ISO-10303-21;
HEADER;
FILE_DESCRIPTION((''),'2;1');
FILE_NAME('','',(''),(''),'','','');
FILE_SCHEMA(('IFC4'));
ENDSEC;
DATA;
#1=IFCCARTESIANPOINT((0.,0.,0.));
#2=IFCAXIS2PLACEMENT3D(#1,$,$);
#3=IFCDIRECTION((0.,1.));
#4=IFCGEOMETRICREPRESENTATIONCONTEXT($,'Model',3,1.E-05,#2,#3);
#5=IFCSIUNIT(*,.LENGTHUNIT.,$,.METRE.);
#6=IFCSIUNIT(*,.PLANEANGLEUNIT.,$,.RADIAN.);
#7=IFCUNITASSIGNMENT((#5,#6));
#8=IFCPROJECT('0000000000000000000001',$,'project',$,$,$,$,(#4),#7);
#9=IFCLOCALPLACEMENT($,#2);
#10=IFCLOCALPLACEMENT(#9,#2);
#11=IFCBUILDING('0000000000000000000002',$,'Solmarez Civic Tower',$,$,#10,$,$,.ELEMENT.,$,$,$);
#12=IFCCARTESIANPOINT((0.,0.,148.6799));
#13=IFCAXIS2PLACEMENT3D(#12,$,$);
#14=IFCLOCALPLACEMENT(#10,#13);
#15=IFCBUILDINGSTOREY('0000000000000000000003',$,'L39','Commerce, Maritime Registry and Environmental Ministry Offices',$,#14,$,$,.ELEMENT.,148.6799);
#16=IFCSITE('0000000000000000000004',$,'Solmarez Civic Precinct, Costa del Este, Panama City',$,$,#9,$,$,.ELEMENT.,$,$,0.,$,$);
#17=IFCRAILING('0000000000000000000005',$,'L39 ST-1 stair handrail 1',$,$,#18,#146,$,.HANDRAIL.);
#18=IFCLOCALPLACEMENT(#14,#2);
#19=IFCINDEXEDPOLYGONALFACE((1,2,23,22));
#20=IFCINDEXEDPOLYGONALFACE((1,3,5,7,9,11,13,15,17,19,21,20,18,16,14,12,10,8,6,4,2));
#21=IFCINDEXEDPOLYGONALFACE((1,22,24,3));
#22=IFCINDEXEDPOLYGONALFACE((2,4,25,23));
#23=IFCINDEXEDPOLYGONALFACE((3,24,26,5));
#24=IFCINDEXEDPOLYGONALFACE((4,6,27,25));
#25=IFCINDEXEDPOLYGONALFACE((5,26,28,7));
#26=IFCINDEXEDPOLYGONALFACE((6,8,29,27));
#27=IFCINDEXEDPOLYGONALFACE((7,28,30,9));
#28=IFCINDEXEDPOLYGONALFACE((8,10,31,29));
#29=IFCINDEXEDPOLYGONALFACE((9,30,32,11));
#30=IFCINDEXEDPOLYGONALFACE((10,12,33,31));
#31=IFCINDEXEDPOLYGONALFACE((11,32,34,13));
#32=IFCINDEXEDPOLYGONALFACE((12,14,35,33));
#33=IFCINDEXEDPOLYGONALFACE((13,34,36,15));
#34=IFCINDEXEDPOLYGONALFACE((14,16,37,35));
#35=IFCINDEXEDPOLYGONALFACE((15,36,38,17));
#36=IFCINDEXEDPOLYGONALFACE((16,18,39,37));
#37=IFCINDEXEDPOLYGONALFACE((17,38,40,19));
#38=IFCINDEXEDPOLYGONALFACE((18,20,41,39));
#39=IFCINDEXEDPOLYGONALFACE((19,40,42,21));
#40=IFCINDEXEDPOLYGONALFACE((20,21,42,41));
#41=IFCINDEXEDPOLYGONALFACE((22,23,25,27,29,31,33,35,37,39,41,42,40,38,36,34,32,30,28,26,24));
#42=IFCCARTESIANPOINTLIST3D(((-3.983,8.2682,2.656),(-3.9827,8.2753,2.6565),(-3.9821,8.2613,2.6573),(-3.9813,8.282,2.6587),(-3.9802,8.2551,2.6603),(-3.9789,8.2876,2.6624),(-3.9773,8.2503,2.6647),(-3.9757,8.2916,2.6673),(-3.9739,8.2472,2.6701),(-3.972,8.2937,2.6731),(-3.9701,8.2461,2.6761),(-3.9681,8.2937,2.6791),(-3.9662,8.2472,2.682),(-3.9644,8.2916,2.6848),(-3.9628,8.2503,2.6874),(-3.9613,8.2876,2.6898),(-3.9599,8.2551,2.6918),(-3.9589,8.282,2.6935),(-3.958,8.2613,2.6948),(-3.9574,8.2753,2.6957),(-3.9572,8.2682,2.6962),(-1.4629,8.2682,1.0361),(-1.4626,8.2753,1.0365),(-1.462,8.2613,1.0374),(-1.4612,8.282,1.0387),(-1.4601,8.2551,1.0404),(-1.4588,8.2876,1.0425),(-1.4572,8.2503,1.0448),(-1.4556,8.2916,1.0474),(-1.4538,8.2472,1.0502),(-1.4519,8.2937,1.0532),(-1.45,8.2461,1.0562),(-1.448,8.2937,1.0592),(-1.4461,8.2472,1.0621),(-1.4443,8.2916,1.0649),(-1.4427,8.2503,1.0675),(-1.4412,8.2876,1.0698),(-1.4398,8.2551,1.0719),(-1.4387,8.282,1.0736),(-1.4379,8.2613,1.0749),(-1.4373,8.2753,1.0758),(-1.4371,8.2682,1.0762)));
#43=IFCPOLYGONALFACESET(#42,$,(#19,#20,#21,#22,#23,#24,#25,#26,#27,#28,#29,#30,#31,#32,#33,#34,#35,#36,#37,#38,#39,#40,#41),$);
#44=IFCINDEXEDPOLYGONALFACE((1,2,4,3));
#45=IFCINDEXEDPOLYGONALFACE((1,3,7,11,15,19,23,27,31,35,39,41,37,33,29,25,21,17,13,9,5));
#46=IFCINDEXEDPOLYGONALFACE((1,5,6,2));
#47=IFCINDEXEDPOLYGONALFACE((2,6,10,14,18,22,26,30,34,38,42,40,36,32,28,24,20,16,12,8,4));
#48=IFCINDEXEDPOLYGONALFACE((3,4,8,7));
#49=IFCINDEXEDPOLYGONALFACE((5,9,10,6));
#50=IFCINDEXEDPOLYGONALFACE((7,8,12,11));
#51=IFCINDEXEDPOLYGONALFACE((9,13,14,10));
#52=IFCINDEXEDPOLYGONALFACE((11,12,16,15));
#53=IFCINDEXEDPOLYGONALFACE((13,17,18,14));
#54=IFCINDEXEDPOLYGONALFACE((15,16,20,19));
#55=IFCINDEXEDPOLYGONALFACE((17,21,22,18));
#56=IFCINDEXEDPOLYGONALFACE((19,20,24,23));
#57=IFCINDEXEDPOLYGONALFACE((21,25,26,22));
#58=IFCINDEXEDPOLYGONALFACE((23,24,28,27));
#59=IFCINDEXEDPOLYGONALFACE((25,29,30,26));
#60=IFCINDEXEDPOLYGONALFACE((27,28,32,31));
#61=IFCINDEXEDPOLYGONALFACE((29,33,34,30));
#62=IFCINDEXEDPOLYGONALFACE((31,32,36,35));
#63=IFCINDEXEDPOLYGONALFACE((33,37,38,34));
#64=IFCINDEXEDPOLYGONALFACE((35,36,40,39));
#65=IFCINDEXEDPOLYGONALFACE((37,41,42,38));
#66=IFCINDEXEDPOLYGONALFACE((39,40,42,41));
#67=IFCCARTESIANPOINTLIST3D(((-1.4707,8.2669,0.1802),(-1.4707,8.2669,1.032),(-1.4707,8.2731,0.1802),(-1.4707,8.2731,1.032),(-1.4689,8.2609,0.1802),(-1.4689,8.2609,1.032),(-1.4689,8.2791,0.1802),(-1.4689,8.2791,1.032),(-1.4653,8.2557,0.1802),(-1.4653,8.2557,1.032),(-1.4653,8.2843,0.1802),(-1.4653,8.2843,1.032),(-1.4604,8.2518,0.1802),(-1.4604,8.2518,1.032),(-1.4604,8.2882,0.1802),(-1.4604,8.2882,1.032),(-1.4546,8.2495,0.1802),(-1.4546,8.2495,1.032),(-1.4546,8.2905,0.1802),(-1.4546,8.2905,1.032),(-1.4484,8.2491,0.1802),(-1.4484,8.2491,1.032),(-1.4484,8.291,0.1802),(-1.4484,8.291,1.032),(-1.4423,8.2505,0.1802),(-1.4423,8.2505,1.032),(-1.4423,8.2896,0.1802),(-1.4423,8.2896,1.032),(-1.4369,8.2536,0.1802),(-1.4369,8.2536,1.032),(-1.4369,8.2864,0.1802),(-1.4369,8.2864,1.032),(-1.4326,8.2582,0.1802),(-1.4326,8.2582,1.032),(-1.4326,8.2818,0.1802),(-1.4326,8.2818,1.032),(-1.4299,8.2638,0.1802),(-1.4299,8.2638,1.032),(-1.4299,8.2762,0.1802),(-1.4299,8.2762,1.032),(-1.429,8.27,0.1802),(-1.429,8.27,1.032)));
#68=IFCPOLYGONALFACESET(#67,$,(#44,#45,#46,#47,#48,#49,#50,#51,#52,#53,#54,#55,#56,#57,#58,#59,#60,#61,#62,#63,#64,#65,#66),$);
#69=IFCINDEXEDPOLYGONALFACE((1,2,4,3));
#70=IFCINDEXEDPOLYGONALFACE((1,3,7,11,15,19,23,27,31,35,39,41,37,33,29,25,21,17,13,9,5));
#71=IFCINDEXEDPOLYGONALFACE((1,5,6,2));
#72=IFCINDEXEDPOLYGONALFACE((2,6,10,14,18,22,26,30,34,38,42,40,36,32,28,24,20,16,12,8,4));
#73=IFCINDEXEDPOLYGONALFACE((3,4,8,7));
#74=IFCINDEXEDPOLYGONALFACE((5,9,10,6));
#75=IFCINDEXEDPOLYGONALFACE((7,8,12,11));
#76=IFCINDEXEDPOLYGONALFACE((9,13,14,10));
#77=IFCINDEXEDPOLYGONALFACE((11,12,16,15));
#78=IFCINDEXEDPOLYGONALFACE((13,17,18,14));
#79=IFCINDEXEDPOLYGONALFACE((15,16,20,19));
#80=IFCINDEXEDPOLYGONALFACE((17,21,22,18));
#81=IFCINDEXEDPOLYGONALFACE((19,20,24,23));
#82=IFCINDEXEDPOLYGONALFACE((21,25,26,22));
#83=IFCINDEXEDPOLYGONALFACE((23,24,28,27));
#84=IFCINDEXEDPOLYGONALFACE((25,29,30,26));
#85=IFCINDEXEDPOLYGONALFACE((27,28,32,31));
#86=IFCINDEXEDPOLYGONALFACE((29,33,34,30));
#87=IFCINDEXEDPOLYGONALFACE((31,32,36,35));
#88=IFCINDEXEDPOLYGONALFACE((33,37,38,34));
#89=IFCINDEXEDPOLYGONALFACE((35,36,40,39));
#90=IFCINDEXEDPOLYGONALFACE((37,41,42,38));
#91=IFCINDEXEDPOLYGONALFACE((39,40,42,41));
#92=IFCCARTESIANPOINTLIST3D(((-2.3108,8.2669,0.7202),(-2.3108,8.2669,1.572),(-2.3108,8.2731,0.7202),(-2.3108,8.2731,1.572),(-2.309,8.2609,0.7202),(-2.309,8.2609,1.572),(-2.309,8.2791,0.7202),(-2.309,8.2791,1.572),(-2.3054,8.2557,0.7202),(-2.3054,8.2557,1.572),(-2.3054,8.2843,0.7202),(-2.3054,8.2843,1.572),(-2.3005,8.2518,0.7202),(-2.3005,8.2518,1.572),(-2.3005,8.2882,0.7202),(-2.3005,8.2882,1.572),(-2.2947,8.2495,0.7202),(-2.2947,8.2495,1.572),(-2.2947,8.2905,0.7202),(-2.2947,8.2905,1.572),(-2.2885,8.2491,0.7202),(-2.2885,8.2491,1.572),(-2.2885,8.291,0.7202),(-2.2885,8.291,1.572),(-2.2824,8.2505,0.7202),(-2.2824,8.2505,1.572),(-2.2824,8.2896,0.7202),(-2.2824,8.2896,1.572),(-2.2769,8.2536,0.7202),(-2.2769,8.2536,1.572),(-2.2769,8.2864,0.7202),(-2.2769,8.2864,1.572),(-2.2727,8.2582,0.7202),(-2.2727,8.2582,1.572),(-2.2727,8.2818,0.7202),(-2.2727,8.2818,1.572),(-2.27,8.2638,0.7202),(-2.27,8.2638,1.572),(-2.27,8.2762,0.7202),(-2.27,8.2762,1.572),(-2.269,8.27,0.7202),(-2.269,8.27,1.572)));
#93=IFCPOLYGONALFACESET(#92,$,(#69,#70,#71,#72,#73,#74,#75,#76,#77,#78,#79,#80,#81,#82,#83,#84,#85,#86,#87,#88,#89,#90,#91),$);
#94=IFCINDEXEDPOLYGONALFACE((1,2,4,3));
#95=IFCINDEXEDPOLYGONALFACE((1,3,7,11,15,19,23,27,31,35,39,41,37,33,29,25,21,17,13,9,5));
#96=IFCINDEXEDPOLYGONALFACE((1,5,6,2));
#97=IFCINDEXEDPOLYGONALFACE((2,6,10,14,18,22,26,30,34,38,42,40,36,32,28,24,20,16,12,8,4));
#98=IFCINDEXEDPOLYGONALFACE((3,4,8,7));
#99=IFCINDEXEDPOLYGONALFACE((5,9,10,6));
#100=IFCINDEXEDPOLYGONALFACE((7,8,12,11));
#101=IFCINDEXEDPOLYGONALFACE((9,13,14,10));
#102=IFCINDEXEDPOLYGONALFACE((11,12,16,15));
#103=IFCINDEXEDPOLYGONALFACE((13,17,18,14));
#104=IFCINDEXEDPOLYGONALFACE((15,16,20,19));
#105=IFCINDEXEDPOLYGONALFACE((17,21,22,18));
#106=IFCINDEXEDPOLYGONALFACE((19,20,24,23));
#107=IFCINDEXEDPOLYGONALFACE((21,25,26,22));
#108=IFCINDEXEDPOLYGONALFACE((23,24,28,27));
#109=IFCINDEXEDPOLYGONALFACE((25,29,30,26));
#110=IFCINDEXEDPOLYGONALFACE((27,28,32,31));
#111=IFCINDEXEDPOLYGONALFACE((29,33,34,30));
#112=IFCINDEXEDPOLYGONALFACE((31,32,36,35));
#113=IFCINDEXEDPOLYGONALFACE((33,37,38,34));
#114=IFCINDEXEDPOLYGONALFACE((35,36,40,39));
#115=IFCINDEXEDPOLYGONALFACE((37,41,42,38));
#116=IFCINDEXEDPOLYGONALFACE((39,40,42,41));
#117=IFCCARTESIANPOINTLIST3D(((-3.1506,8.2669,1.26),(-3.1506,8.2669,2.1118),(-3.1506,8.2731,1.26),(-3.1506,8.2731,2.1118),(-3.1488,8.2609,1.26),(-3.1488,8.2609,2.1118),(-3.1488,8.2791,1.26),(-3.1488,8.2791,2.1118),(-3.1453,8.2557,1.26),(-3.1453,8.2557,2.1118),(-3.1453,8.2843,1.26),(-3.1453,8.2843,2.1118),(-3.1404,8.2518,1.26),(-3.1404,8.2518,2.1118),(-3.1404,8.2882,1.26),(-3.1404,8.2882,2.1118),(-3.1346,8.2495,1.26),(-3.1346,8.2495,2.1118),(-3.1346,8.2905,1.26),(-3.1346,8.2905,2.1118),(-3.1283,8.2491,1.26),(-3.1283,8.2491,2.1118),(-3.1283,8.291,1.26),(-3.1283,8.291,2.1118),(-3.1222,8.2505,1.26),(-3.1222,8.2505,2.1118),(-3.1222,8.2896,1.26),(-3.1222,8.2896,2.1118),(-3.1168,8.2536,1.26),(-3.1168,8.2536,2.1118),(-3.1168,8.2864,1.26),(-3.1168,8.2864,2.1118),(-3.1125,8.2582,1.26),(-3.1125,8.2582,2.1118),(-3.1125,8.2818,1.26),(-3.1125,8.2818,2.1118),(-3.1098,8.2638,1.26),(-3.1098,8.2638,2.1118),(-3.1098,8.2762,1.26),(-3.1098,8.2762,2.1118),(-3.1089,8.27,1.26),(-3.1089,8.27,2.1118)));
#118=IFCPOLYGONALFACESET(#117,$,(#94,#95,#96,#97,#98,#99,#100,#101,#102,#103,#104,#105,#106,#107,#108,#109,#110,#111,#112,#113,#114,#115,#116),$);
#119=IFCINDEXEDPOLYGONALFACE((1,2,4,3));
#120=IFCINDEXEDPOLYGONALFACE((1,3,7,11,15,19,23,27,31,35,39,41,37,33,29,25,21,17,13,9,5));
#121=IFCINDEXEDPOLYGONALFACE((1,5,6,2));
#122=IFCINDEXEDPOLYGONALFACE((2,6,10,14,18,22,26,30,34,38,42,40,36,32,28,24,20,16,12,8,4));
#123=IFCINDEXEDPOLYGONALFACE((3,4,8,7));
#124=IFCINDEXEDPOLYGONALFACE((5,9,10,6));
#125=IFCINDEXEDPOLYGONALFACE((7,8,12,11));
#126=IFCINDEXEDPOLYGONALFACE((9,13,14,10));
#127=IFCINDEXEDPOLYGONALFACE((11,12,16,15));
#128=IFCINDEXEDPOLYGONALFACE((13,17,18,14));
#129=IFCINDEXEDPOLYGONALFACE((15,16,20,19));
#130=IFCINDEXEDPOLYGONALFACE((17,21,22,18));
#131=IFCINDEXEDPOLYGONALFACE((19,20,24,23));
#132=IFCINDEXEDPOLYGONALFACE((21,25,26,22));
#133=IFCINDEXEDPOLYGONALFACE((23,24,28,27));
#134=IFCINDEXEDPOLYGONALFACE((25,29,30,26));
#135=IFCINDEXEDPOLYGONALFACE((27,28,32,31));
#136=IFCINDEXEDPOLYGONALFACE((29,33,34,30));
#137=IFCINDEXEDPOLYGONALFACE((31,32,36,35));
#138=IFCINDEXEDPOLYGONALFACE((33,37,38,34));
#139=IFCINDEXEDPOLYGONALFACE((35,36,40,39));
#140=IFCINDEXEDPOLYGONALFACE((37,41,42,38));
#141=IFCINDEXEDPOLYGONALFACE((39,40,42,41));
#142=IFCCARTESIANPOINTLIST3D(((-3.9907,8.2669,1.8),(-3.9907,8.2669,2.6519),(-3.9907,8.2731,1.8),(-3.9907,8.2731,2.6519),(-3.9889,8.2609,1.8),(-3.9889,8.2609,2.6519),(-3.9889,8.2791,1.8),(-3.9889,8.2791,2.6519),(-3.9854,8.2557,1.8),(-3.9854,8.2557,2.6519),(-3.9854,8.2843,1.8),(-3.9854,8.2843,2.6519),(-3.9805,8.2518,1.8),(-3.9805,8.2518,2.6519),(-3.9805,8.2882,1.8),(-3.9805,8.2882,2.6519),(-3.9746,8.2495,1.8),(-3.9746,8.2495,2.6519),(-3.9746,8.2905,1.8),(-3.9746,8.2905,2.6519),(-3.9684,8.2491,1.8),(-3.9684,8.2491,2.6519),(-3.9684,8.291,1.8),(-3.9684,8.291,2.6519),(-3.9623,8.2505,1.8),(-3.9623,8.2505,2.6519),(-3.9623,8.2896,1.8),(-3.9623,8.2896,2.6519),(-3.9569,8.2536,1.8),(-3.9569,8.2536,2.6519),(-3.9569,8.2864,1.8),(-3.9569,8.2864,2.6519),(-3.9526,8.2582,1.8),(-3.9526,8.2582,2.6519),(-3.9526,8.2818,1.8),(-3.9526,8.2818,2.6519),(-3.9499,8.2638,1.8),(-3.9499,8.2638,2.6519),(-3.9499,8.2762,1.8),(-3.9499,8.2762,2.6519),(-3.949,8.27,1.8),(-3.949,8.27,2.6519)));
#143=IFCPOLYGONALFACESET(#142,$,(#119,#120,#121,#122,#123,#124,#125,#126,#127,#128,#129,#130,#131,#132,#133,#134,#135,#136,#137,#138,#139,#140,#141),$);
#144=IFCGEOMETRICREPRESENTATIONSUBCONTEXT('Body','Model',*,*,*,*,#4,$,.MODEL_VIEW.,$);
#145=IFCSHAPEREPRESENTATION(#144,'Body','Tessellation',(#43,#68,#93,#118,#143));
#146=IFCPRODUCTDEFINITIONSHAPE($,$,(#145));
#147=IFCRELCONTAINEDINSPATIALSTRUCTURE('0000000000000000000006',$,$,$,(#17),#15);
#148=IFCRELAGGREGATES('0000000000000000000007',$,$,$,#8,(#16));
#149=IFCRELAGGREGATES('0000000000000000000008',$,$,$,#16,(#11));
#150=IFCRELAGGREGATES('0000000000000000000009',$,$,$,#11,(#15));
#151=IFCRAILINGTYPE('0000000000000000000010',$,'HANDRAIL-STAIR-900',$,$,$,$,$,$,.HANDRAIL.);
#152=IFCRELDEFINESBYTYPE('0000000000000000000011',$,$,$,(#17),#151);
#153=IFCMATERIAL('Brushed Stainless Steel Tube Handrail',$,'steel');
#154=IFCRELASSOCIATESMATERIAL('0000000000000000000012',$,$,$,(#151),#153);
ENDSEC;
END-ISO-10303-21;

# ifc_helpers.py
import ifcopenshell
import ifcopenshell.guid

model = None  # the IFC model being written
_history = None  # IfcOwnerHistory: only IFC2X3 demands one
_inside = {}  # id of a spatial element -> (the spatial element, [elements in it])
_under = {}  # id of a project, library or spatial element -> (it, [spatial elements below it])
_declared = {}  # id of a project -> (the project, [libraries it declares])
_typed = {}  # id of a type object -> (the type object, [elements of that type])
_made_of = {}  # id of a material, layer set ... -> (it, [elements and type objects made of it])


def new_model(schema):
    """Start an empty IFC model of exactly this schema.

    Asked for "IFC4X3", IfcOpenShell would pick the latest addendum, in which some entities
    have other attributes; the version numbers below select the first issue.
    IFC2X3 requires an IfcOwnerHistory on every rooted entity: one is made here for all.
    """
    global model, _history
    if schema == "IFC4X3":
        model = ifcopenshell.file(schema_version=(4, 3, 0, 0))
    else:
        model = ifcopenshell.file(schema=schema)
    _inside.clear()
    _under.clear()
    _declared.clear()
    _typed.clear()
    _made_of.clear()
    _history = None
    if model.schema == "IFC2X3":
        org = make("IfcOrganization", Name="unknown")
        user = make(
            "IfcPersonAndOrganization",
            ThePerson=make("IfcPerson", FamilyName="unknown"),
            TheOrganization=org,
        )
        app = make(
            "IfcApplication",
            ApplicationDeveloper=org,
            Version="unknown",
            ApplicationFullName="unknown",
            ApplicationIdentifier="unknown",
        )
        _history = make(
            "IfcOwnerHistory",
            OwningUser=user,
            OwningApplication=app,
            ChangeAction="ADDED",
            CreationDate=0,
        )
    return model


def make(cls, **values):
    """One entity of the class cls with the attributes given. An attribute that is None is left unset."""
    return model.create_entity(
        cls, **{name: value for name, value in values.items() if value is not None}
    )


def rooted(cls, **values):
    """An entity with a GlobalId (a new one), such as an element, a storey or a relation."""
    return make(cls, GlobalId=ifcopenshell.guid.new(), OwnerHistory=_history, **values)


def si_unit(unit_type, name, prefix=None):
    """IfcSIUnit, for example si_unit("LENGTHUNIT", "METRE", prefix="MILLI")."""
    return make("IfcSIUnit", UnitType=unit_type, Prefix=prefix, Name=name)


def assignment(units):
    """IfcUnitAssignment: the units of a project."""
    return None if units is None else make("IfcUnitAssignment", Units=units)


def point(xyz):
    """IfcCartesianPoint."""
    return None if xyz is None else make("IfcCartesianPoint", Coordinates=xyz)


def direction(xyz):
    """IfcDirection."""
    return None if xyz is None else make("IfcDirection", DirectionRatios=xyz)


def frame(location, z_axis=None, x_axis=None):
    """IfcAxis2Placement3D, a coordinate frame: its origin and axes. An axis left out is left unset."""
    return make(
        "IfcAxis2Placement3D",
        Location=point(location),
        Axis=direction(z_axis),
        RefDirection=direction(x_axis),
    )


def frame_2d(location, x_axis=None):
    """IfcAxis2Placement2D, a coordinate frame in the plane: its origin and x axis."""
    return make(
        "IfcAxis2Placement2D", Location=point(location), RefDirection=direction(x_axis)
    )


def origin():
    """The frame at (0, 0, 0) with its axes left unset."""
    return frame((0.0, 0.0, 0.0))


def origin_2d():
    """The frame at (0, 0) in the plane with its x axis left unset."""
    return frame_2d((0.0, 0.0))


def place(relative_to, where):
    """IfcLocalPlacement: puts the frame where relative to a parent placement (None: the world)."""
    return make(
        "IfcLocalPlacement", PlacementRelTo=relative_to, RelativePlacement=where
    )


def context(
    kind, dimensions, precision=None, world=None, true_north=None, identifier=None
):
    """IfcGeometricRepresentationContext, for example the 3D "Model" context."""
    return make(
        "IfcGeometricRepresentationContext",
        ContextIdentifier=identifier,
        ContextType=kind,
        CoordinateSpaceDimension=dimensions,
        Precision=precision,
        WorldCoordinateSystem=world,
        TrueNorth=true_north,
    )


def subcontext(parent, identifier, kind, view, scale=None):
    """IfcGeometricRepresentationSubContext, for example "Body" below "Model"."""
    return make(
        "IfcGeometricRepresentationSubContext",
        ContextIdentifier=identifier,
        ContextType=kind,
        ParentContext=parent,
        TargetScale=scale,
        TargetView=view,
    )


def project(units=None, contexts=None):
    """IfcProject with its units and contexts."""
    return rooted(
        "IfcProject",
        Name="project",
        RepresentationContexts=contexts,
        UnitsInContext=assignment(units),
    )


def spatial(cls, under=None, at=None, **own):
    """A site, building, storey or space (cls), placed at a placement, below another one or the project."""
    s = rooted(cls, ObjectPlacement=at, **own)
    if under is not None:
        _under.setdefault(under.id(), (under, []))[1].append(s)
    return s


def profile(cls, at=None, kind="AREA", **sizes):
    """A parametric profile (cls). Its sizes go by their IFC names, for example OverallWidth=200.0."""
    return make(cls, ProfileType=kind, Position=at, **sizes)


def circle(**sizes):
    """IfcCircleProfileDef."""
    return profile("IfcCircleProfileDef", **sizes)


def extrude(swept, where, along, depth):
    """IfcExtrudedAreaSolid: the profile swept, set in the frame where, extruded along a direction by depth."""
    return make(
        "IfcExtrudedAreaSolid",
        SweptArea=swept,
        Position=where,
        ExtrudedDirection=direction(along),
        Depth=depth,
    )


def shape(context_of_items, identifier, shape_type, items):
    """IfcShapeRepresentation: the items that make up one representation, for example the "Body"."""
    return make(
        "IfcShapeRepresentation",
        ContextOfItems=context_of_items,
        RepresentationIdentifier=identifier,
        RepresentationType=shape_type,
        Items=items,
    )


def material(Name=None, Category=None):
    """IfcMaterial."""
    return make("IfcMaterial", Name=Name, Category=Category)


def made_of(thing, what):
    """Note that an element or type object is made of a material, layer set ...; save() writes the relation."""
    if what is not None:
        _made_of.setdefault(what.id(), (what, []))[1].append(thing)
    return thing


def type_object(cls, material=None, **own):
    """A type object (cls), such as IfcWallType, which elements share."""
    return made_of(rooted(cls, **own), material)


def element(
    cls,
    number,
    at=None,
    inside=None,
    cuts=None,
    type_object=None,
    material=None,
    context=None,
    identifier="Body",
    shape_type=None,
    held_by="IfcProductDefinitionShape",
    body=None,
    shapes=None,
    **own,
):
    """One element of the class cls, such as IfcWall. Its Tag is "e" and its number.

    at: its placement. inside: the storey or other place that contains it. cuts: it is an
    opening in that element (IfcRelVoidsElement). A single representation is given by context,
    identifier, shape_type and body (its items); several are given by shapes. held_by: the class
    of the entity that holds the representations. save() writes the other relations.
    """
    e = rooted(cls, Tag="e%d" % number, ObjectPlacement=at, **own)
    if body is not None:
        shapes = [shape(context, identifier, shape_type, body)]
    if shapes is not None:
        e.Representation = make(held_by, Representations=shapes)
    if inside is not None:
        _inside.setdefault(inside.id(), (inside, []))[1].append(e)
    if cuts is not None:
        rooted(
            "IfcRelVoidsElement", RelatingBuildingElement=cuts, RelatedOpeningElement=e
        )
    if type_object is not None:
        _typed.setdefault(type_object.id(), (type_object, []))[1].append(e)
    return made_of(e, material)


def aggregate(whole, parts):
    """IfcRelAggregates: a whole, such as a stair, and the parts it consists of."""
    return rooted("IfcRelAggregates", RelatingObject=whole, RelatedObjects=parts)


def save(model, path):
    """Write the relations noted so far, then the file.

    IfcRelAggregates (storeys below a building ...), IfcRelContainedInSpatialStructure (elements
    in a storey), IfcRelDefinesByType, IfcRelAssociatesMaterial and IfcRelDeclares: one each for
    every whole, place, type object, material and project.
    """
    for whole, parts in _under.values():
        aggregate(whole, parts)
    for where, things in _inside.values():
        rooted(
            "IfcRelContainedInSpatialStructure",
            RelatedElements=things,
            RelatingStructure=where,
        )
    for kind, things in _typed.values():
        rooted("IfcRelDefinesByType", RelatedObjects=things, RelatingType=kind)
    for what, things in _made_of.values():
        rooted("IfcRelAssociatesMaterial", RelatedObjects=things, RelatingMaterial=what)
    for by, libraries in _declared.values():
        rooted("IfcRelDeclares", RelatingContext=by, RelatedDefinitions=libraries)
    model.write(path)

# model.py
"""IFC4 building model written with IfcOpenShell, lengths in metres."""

from ifc_helpers import new_model, si_unit, direction, frame, origin, origin_2d, place, context, subcontext, project, spatial, circle, extrude, material, type_object, element, save


model = new_model("IFC4")

# Units and contexts
model_context = context("Model", 3, precision=1e-05, world=origin(), true_north=direction((0.0, 1.0)))
body_context = subcontext(model_context, "Body", "Model", "MODEL_VIEW")
ifc_project = project(units=[si_unit("LENGTHUNIT", "METRE"), si_unit("PLANEANGLEUNIT", "RADIAN")], contexts=[model_context])

# Site, building, storey
site_placement = place(None, origin())
site = spatial("IfcSite", under=ifc_project, at=site_placement, Name="Solmarez Civic Precinct, Costa del Este, Panama City", CompositionType="ELEMENT", RefElevation=0.0)
building_placement = place(site_placement, origin())
building = spatial("IfcBuilding", under=site, at=building_placement, Name="Solmarez Civic Tower", CompositionType="ELEMENT")
storey_placement = place(building_placement, frame((0.0, 0.0, 148.6799)))
storey = spatial("IfcBuildingStorey", under=building, at=storey_placement, Name="L39", Description="Commerce, Maritime Registry and Environmental Ministry Offices", CompositionType="ELEMENT", Elevation=148.6799)

# Railing
ifc_material_1 = material(Name="Brushed Stainless Steel Tube Handrail", Category="steel")
railing_type = type_object("IfcRailingType", Name="HANDRAIL-STAIR-900", PredefinedType="HANDRAIL", material=ifc_material_1)
railing_placement = place(storey_placement, frame((-1.45, 8.27, 0.1802)))
element("IfcRailing", 1, at=railing_placement, inside=storey, type_object=railing_type, Name="L39 ST-1 stair handrail 1", PredefinedType="HANDRAIL", context=body_context, shape_type="SweptSolid", body=[
    extrude(circle(Radius=0.0239, at=origin_2d()), frame((0.0, 0.0, 0.876), z_axis=(-0.8412, 0.0, 0.540725), x_axis=(0.0, -1.0, 0.0)), (0.0, 0.0, 1.0), 2.9958),
    extrude(circle(Radius=0.021, at=origin_2d()), origin(), (0.0, 0.0, 1.0), 0.8518),
    extrude(circle(Radius=0.021, at=origin_2d()), frame((-0.8401, 0.0, 0.54)), (0.0, 0.0, 1.0), 0.8518),
    extrude(circle(Radius=0.021, at=origin_2d()), frame((-1.6799, 0.0, 1.0798)), (0.0, 0.0, 1.0), 0.8518),
    extrude(circle(Radius=0.021, at=origin_2d()), frame((-2.52, 0.0, 1.6199)), (0.0, 0.0, 1.0), 0.8518),
])

save(model, "model.ifc")
